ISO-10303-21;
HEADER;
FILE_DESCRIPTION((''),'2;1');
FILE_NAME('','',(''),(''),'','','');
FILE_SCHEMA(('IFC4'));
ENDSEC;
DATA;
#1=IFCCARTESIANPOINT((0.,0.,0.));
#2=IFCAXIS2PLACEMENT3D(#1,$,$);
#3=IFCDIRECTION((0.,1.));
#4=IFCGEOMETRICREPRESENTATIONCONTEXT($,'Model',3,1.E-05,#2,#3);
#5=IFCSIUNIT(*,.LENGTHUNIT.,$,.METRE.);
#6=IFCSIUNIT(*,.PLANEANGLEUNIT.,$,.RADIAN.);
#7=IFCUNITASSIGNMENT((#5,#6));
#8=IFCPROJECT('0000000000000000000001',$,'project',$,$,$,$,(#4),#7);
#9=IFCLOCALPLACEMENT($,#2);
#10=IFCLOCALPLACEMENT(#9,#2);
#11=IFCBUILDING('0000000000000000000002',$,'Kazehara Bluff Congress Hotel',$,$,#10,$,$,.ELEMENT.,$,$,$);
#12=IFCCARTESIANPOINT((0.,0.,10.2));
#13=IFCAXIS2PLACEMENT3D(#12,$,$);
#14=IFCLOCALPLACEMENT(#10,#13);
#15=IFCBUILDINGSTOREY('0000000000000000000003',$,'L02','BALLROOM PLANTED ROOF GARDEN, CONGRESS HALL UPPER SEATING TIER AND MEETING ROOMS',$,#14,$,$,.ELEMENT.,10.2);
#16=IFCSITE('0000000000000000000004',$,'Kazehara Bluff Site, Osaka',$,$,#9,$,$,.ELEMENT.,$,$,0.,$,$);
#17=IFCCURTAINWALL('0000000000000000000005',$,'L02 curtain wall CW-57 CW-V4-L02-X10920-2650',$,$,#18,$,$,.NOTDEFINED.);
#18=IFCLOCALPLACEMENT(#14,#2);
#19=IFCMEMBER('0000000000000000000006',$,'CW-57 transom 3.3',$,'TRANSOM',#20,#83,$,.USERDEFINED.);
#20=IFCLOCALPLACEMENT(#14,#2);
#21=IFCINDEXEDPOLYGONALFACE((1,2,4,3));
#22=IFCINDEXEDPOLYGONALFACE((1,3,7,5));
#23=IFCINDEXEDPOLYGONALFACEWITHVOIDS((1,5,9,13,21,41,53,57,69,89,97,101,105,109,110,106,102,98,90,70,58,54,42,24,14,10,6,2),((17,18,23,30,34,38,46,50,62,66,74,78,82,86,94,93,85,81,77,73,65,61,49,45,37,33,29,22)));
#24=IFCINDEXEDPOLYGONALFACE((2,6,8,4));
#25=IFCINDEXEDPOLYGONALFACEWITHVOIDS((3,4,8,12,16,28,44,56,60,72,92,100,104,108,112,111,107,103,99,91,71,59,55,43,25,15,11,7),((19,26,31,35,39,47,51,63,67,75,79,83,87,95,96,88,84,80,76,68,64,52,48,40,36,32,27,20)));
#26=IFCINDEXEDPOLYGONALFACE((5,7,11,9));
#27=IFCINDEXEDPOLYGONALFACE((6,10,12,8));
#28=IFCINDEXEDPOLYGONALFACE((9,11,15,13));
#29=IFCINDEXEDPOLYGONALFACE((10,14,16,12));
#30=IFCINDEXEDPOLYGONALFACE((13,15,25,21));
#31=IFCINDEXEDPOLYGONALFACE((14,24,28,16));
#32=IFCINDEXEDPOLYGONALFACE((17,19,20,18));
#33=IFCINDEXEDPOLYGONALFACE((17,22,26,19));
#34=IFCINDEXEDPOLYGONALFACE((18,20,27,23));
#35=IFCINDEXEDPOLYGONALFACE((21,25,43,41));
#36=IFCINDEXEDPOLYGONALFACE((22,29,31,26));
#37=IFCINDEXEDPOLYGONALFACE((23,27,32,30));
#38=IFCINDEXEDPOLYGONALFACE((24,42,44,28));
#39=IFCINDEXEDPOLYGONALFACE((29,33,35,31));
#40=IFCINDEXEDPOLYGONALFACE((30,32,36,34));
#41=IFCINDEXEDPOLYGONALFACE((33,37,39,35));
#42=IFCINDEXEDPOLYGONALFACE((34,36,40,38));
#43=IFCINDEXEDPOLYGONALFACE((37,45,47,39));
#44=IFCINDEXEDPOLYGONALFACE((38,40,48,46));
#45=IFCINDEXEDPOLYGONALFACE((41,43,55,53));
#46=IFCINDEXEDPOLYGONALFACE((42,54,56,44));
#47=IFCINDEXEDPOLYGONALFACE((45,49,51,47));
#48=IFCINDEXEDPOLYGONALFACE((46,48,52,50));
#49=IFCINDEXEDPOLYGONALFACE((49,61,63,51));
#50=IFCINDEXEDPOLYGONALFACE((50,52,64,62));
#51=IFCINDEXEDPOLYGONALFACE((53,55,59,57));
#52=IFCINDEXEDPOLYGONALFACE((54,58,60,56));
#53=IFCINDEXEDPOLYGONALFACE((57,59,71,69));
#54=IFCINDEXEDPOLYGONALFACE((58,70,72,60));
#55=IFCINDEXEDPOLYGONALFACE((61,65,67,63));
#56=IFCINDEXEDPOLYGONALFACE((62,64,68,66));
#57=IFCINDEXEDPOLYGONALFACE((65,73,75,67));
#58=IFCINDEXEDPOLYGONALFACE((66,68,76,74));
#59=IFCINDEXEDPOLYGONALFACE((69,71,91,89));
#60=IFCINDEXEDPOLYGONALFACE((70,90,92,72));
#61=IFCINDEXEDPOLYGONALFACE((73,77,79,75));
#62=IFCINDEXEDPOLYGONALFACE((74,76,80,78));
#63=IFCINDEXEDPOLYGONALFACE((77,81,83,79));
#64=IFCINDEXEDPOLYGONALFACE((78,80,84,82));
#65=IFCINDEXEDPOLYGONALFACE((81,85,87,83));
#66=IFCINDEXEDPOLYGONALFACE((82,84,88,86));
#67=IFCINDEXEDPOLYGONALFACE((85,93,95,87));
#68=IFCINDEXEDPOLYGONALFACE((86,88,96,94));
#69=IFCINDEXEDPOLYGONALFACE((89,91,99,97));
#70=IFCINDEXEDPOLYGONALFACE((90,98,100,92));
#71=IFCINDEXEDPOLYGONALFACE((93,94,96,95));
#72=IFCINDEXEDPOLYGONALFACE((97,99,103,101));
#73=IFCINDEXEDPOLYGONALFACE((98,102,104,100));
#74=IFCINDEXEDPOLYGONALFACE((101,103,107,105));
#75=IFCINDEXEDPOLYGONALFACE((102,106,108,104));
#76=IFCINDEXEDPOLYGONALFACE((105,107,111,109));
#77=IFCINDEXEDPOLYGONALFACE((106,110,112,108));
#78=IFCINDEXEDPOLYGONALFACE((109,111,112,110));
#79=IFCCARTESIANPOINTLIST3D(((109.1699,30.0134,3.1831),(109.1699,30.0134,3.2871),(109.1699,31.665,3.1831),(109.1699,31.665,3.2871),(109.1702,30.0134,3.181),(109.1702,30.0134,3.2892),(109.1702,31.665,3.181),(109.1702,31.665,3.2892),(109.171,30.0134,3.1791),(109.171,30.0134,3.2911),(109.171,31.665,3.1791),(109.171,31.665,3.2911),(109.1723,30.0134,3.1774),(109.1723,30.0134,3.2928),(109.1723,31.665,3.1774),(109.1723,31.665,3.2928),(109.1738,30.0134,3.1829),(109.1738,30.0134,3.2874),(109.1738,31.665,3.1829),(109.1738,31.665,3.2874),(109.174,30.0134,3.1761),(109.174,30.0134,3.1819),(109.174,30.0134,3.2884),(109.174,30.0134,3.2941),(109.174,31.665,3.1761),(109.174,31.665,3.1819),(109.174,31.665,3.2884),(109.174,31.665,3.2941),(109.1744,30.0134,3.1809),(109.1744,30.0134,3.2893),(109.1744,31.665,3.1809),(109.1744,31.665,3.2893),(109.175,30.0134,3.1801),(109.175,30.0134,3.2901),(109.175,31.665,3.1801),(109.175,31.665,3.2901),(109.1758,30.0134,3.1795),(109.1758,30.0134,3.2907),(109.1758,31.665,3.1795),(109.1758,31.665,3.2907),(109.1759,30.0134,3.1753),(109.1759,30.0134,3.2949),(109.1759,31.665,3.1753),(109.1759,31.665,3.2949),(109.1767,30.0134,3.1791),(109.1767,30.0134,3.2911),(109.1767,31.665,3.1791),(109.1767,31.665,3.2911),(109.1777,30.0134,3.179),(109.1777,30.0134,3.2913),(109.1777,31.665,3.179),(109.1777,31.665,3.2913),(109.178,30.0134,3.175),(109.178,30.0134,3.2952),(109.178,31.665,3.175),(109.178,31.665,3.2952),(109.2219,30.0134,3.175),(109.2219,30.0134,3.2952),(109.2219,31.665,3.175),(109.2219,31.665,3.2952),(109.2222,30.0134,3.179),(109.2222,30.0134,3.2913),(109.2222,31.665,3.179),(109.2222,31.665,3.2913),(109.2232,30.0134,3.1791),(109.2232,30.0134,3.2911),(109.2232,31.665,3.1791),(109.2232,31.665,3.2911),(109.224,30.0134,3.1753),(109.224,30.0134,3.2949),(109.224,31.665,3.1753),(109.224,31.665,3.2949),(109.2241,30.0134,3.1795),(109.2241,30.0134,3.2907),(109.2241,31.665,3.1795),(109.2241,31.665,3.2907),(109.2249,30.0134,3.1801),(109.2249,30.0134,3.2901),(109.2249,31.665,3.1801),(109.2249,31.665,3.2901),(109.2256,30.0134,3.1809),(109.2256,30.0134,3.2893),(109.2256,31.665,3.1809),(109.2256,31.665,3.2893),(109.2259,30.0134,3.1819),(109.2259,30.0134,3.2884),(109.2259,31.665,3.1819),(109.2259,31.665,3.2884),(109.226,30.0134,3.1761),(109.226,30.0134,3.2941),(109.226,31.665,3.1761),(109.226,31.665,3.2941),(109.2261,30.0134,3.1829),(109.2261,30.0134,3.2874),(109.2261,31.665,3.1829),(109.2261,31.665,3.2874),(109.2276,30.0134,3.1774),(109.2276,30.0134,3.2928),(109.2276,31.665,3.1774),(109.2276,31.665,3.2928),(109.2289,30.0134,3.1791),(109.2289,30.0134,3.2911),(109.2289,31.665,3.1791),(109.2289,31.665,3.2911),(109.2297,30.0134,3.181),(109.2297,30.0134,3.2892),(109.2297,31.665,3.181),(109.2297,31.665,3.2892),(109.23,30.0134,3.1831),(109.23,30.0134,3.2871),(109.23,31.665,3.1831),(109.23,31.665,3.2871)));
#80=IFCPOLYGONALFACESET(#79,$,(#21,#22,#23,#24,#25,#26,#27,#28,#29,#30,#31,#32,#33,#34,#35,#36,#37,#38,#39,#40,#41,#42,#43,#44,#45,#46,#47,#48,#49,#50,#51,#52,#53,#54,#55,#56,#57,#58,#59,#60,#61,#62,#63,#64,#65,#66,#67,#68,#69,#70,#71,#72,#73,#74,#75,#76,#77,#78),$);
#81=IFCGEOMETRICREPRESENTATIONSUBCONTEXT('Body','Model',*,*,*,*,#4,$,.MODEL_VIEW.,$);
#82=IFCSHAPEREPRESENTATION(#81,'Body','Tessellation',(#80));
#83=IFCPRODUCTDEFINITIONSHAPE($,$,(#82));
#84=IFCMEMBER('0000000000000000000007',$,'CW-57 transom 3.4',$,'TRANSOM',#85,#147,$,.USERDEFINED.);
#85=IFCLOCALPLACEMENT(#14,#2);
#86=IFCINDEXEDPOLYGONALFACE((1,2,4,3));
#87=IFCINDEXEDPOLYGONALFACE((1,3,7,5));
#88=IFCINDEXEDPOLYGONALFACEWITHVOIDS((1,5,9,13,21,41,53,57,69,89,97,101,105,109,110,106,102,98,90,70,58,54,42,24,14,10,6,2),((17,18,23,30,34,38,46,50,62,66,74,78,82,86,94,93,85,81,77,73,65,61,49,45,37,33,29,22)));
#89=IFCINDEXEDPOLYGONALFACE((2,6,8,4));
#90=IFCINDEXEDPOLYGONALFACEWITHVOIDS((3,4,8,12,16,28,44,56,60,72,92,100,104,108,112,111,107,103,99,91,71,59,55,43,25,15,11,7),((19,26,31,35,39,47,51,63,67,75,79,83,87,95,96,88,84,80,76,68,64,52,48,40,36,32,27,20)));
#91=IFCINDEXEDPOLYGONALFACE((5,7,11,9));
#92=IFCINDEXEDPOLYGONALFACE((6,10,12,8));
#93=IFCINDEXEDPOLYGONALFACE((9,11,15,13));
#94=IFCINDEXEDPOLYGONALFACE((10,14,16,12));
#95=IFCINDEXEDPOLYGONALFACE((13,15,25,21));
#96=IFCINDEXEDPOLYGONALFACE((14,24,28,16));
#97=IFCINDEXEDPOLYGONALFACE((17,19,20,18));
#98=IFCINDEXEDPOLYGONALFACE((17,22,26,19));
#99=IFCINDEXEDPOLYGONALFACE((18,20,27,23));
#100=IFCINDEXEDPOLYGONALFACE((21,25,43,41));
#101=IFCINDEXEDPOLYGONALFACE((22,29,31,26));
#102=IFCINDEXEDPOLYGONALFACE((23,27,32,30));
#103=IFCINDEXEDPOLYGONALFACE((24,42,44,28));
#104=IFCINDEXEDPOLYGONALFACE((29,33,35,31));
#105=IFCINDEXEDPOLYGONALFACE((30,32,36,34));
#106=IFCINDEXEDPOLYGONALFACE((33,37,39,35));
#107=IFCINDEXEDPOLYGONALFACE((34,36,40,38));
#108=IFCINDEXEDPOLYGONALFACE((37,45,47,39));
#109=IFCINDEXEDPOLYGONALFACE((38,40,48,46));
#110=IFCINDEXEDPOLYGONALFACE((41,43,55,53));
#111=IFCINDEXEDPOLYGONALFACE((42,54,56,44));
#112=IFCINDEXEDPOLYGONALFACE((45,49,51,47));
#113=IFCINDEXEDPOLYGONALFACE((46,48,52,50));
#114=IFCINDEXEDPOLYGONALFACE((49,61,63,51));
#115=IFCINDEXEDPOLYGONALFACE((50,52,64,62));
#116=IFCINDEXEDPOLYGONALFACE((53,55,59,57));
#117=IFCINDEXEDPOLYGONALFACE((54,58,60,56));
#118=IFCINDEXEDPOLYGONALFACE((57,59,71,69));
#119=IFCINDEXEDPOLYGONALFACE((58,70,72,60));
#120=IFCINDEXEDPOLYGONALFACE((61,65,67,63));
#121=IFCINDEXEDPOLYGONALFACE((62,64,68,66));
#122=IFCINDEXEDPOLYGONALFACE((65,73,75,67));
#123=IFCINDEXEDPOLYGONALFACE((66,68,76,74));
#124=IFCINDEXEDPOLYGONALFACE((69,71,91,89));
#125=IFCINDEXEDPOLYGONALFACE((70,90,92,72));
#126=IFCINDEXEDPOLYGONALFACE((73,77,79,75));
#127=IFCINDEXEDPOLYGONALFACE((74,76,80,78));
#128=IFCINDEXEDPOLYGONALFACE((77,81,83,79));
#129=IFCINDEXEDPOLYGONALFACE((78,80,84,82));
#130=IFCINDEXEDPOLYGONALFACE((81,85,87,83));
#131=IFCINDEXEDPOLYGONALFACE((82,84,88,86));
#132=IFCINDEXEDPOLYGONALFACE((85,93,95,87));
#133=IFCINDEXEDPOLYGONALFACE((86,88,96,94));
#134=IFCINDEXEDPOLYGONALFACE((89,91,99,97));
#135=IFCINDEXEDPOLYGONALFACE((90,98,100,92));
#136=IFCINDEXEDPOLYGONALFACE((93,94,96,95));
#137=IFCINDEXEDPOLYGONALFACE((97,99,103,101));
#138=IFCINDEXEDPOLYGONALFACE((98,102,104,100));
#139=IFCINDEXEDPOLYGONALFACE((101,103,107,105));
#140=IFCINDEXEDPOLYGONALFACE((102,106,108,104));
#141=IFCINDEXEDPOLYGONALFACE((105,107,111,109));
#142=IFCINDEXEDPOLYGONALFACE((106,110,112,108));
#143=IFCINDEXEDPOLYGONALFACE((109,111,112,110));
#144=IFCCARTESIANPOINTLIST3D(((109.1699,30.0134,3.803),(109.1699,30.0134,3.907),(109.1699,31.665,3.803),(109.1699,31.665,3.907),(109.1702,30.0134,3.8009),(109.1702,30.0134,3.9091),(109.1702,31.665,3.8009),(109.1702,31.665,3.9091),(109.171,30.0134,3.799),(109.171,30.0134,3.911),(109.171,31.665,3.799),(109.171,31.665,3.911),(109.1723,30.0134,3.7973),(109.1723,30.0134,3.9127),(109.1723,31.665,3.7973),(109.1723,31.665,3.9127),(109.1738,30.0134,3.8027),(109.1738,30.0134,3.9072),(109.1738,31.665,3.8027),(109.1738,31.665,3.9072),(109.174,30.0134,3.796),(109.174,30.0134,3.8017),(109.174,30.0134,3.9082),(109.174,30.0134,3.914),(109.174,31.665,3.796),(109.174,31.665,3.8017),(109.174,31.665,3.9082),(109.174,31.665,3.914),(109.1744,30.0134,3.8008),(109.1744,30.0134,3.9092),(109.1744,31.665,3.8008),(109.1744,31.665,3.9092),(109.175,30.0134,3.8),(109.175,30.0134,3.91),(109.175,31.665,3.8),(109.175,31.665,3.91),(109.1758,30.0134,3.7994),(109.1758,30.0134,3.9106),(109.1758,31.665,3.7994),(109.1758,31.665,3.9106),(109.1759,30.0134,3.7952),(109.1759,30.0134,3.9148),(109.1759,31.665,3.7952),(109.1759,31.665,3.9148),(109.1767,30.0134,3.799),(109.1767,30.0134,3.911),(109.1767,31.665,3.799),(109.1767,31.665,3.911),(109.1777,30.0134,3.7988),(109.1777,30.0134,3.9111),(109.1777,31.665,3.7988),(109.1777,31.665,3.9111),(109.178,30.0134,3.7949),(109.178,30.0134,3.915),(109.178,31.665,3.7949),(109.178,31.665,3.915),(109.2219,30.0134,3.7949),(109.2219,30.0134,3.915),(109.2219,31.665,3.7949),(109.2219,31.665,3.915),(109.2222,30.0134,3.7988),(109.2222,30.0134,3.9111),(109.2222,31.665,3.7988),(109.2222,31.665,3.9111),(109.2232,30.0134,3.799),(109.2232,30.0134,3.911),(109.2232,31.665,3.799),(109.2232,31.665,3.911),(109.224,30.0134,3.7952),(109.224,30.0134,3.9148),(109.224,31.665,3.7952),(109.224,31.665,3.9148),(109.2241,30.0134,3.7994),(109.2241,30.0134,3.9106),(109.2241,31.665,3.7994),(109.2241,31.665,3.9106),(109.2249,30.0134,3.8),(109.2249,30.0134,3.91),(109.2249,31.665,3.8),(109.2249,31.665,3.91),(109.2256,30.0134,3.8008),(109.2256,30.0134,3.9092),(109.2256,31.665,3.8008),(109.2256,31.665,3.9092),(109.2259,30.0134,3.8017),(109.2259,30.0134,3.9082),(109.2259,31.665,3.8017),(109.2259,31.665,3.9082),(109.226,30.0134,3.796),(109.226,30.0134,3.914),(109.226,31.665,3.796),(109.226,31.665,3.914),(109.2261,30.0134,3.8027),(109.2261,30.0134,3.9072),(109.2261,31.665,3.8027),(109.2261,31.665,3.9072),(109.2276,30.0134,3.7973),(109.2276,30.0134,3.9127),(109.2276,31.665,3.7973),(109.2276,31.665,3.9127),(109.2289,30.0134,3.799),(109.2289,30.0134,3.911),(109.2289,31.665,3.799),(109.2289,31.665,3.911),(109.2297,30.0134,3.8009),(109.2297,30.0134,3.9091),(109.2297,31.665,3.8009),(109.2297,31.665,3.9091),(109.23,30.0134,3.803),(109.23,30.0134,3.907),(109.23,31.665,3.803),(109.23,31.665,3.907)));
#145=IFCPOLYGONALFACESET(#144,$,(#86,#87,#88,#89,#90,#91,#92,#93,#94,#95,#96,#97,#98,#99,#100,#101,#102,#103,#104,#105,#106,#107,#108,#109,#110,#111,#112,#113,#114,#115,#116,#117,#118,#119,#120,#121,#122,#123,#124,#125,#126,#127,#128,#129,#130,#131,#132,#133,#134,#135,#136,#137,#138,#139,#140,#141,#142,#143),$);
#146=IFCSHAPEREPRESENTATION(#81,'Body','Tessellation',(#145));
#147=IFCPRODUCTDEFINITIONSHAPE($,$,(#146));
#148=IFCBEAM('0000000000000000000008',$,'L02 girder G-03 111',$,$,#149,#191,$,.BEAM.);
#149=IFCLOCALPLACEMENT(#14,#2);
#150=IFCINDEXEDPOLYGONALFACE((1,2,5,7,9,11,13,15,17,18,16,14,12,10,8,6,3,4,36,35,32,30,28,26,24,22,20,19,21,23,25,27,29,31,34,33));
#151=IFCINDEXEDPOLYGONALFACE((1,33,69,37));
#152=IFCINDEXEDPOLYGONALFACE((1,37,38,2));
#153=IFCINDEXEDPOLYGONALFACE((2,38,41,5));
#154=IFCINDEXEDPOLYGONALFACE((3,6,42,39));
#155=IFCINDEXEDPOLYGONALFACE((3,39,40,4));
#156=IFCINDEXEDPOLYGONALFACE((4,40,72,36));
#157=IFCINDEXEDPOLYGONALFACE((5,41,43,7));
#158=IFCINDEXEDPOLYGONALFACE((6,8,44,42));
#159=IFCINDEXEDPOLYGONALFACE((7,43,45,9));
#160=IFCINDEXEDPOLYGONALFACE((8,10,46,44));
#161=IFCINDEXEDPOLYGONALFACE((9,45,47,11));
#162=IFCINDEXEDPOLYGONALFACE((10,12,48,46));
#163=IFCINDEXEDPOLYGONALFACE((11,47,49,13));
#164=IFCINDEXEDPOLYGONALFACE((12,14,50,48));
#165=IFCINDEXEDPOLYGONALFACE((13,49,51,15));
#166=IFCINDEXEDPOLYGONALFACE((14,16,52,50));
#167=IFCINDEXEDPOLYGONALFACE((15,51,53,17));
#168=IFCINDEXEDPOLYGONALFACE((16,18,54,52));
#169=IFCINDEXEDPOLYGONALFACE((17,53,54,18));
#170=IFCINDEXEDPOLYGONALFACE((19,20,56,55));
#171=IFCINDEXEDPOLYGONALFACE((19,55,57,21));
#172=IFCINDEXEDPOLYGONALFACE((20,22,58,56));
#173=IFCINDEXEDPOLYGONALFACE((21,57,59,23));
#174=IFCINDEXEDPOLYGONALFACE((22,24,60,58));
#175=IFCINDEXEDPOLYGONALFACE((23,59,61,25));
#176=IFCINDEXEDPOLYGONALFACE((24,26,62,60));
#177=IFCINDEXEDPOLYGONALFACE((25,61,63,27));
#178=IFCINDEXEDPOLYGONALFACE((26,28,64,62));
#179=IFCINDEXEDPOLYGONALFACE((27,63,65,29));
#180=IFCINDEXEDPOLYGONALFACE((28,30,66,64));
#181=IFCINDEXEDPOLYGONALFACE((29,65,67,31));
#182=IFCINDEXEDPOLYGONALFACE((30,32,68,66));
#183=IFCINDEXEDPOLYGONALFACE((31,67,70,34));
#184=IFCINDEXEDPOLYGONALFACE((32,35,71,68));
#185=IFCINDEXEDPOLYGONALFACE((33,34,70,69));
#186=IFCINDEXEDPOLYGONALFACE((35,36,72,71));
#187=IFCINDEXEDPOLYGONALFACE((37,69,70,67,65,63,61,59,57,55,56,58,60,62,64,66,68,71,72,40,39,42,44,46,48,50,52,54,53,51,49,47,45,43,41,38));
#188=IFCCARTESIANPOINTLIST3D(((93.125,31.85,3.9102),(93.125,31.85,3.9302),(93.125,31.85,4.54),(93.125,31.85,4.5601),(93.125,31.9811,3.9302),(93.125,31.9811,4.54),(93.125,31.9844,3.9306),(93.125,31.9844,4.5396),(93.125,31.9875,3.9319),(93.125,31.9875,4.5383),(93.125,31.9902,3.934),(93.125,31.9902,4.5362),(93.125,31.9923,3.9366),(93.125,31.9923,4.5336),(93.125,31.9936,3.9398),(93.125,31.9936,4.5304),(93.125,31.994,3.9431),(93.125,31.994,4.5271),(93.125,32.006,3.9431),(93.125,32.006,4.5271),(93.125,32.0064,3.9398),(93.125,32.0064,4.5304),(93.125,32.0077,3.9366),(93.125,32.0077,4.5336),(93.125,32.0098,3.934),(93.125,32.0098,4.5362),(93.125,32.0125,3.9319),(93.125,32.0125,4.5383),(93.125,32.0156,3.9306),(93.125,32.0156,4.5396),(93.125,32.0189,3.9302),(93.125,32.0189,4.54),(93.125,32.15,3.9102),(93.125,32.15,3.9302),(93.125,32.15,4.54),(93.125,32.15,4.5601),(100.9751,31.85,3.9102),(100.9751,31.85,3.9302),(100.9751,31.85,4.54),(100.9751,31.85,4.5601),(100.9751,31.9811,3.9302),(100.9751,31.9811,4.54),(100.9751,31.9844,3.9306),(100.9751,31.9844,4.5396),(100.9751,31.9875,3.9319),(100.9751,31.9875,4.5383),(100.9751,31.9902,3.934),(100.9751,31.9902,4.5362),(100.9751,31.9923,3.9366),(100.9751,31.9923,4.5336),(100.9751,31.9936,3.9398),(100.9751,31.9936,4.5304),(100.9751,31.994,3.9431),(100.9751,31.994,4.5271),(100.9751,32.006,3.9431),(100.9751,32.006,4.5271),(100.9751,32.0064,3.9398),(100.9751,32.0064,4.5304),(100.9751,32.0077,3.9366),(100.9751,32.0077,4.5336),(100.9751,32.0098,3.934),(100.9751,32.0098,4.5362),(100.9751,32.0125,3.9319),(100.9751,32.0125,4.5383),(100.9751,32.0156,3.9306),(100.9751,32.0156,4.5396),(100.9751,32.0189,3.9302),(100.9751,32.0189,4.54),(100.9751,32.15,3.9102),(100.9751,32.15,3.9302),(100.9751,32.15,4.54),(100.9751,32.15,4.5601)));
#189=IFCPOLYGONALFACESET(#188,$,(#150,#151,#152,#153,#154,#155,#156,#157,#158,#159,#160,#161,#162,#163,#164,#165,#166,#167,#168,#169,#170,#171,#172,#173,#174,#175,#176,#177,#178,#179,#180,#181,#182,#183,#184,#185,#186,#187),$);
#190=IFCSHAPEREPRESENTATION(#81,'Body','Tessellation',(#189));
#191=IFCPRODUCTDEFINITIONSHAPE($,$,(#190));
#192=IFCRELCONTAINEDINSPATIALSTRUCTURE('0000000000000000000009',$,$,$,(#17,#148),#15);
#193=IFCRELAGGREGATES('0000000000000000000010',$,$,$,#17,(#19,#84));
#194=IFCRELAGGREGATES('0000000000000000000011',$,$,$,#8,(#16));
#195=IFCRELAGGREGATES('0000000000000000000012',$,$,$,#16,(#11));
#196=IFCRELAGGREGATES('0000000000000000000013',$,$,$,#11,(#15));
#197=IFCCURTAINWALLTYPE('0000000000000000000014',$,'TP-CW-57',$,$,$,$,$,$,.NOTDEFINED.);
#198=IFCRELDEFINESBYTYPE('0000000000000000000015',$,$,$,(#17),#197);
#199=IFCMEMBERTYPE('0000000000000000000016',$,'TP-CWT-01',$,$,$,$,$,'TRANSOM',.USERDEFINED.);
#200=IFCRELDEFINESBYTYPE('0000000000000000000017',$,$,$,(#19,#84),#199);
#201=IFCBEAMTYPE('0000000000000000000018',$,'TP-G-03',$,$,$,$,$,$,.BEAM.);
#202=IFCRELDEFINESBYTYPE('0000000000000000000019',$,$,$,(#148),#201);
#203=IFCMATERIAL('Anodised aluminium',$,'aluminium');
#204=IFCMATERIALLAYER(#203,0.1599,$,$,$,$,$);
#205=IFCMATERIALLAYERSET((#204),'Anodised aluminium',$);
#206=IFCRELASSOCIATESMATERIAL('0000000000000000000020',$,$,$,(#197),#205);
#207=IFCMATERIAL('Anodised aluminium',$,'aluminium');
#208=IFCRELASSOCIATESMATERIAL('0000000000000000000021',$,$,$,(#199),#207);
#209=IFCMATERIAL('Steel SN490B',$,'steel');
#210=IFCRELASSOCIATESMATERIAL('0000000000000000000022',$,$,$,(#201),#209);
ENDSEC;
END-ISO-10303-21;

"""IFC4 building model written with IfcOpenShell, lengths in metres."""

from ifc_helpers import new_model, si_unit, direction, frame, origin, origin_2d, place, context, subcontext, project, spatial, hollow_rectangle, i_section, extrude, material, layer, layer_set, material_profile, profile_set, type_object, element, aggregate, save


model = new_model("IFC4")

# Units and contexts
model_context = context("Model", 3, precision=1e-05, world=origin(), true_north=direction((0.0, 1.0)))
body_context = subcontext(model_context, "Body", "Model", "MODEL_VIEW")
ifc_project = project(units=[si_unit("LENGTHUNIT", "METRE"), si_unit("PLANEANGLEUNIT", "RADIAN")], contexts=[model_context])

# Site, building, storey
site_placement = place(None, origin())
site = spatial("IfcSite", under=ifc_project, at=site_placement, Name="Kazehara Bluff Site, Osaka", CompositionType="ELEMENT", RefElevation=0.0)
building_placement = place(site_placement, origin())
building = spatial("IfcBuilding", under=site, at=building_placement, Name="Kazehara Bluff Congress Hotel", CompositionType="ELEMENT")
storey_placement = place(building_placement, frame((0.0, 0.0, 10.2)))
storey = spatial("IfcBuildingStorey", under=building, at=storey_placement, Name="L02", Description="BALLROOM PLANTED ROOF GARDEN, CONGRESS HALL UPPER SEATING TIER AND MEETING ROOMS", CompositionType="ELEMENT", Elevation=10.2)

# Curtain wall, members
ifc_material_1 = material(Name="Anodised aluminium", Category="aluminium")
ifc_layer_1 = layer(ifc_material_1, 0.1599)
ifc_layer_set_1 = layer_set([ifc_layer_1], Name="Anodised aluminium")
curtain_wall_type = type_object("IfcCurtainWallType", Name="TP-CW-57", PredefinedType="NOTDEFINED", material=ifc_layer_set_1)
curtain_wall_placement = place(storey_placement, origin())
curtain_wall = element("IfcCurtainWall", 1, at=curtain_wall_placement, inside=storey, type_object=curtain_wall_type, Name="L02 curtain wall CW-57 CW-V4-L02-X10920-2650", PredefinedType="NOTDEFINED")
ifc_material_2 = material(Name="Anodised aluminium", Category="aluminium")
ifc_material_profile_1 = material_profile(ifc_material_2, hollow_rectangle(XDim=0.0601, YDim=0.1201, WallThickness=0.0039, InnerFilletRadius=0.0039, OuterFilletRadius=0.0081, at=origin_2d()))
ifc_profile_set_1 = profile_set([ifc_material_profile_1], Name="Anodised aluminium")
member_type_1 = type_object("IfcMemberType", Name="TP-CWT-01", ElementType="TRANSOM", PredefinedType="USERDEFINED", material=ifc_profile_set_1)
member_1_placement = place(storey_placement, frame((109.2, 30.0134, 3.2351), z_axis=(0.0, 1.0, 0.0), x_axis=(-1.0, 0.0, 0.0)))
member_1 = element("IfcMember", 2, at=member_1_placement, type_object=member_type_1, Name="CW-57 transom 3.3", ObjectType="TRANSOM", PredefinedType="USERDEFINED", context=body_context, shape_type="SweptSolid", body=[
    extrude(hollow_rectangle(XDim=0.0601, YDim=0.1201, WallThickness=0.0039, InnerFilletRadius=0.0039, OuterFilletRadius=0.0081, at=origin_2d()), origin(), (0.0, 0.0, 1.0), 1.6516),
])
member_2_placement = place(storey_placement, frame((109.2, 30.0134, 3.855), z_axis=(0.0, 1.0, 0.0), x_axis=(-1.0, 0.0, 0.0)))
member_2 = element("IfcMember", 3, at=member_2_placement, type_object=member_type_1, Name="CW-57 transom 3.4", ObjectType="TRANSOM", PredefinedType="USERDEFINED", context=body_context, shape_type="SweptSolid", body=[
    extrude(hollow_rectangle(XDim=0.0601, YDim=0.1201, WallThickness=0.0039, InnerFilletRadius=0.0039, OuterFilletRadius=0.0081, at=origin_2d()), origin(), (0.0, 0.0, 1.0), 1.6516),
])

# Beam
ifc_material_3 = material(Name="Steel SN490B", Category="steel")
ifc_material_profile_2 = material_profile(ifc_material_3, i_section(OverallWidth=0.3, OverallDepth=0.6499, WebThickness=0.012, FlangeThickness=0.02, FilletRadius=0.0129, at=origin_2d()))
ifc_profile_set_2 = profile_set([ifc_material_profile_2], Name="Steel SN490B")
beam_type_1 = type_object("IfcBeamType", Name="TP-G-03", PredefinedType="BEAM", material=ifc_profile_set_2)
beam_1_placement = place(storey_placement, frame((93.125, 32.0, 4.2351), z_axis=(1.0, 0.0, 0.0), x_axis=(0.0, 1.0, 0.0)))
element("IfcBeam", 4, at=beam_1_placement, inside=storey, type_object=beam_type_1, Name="L02 girder G-03 111", PredefinedType="BEAM", context=body_context, shape_type="SweptSolid", body=[
    extrude(i_section(OverallWidth=0.3, OverallDepth=0.6499, WebThickness=0.012, FlangeThickness=0.02, FilletRadius=0.0129, at=origin_2d()), origin(), (0.0, 0.0, 1.0), 7.8501),
])

aggregate(curtain_wall, [member_1, member_2])

save(model, "model.ifc")
